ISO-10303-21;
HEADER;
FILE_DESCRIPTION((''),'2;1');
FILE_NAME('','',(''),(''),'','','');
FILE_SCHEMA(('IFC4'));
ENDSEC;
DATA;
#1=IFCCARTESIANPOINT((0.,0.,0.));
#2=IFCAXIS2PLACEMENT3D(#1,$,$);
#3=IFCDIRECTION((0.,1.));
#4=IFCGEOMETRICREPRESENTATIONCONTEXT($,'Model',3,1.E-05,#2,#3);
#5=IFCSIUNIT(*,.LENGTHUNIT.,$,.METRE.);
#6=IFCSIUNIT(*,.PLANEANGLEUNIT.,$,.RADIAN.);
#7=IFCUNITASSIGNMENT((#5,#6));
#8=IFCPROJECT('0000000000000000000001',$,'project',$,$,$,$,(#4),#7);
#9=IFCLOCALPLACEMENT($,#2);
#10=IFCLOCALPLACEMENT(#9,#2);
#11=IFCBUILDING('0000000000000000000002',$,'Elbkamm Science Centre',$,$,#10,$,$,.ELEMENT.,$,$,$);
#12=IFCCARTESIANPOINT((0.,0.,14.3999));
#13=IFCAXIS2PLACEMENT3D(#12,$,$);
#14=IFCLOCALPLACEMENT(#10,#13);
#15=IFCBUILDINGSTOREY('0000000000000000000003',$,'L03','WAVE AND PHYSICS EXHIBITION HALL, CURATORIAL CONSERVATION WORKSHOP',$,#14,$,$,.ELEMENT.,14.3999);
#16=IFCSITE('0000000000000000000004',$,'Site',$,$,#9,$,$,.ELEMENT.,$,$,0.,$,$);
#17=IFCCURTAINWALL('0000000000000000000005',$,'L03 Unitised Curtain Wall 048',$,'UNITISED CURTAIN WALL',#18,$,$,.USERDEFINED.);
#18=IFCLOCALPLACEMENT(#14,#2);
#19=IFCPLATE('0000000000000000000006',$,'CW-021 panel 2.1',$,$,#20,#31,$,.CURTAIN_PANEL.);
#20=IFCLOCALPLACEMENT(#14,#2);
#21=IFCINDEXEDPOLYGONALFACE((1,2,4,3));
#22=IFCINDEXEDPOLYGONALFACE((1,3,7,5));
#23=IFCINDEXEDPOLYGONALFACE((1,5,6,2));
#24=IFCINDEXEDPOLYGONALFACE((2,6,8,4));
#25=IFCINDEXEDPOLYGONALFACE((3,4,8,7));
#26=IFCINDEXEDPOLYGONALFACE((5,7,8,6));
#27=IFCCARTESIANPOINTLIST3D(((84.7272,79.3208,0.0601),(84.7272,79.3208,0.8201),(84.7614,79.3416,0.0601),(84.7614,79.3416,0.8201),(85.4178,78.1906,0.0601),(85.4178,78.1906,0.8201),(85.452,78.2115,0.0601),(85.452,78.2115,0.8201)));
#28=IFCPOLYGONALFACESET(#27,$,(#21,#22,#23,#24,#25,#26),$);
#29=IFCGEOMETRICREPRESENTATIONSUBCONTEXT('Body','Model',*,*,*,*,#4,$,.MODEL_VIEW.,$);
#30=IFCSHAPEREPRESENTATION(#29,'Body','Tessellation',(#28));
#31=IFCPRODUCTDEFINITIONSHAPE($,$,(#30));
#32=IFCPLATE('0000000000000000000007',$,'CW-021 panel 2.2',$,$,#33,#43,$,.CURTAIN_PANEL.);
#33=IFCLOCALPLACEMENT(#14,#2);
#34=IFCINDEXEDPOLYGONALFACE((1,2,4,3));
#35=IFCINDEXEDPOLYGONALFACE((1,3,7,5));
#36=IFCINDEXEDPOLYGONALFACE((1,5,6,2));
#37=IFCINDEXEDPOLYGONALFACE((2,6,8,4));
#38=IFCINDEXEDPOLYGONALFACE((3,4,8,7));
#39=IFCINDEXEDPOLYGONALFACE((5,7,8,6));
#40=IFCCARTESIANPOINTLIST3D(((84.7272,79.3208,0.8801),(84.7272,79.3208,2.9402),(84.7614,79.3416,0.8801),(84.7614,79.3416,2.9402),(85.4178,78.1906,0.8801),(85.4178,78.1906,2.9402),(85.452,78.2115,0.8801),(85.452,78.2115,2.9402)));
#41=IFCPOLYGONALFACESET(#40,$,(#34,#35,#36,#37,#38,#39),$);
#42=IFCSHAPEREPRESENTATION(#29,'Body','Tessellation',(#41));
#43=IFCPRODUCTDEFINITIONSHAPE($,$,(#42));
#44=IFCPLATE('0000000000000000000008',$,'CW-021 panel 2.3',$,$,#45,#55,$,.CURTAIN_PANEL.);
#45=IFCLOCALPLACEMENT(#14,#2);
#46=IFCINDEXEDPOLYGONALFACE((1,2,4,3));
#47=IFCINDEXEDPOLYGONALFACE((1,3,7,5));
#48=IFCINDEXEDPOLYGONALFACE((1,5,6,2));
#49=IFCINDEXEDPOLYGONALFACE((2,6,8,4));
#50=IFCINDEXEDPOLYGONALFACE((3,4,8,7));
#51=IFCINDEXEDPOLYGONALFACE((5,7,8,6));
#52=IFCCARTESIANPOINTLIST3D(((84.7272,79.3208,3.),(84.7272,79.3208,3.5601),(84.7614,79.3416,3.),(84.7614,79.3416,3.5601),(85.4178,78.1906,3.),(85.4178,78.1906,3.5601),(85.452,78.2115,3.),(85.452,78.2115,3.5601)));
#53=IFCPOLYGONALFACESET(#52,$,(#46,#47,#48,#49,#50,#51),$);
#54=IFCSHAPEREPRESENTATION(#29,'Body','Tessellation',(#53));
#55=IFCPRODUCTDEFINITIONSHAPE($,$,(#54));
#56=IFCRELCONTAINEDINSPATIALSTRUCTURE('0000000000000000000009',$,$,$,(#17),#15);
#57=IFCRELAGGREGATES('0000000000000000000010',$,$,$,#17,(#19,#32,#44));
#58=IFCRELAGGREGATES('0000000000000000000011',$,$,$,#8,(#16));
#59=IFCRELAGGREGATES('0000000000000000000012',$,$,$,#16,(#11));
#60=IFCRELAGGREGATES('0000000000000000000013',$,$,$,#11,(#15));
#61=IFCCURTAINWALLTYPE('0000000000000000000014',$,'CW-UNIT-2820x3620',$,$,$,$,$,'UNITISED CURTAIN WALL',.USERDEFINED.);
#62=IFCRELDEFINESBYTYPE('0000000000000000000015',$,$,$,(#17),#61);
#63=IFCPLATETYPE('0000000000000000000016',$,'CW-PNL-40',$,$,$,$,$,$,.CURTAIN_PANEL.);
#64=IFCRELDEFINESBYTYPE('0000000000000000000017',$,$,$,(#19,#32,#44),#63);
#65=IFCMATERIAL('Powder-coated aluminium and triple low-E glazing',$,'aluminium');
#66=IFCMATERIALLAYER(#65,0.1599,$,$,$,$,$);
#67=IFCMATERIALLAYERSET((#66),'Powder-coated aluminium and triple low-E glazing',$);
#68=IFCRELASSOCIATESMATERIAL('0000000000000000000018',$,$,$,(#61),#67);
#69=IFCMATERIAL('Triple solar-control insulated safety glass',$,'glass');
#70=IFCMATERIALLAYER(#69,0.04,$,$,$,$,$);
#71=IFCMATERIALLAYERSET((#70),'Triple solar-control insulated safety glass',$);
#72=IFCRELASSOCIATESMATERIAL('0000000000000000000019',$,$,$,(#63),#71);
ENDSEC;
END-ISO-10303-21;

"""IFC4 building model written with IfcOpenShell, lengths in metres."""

from ifc_helpers import new_model, si_unit, direction, frame, origin, origin_2d, place, context, subcontext, project, spatial, rectangle, extrude, material, layer, layer_set, type_object, element, aggregate, save


model = new_model("IFC4")

# Units and contexts
model_context = context("Model", 3, precision=1e-05, world=origin(), true_north=direction((0.0, 1.0)))
body_context = subcontext(model_context, "Body", "Model", "MODEL_VIEW")
ifc_project = project(units=[si_unit("LENGTHUNIT", "METRE"), si_unit("PLANEANGLEUNIT", "RADIAN")], contexts=[model_context])

# Site, building, storey
site_placement = place(None, origin())
site = spatial("IfcSite", under=ifc_project, at=site_placement, Name="Site", CompositionType="ELEMENT", RefElevation=0.0)
building_placement = place(site_placement, origin())
building = spatial("IfcBuilding", under=site, at=building_placement, Name="Elbkamm Science Centre", CompositionType="ELEMENT")
storey_placement = place(building_placement, frame((0.0, 0.0, 14.3999)))
storey = spatial("IfcBuildingStorey", under=building, at=storey_placement, Name="L03", Description="WAVE AND PHYSICS EXHIBITION HALL, CURATORIAL CONSERVATION WORKSHOP", CompositionType="ELEMENT", Elevation=14.3999)

# Shared definitions
ifc_material_1 = material(Name="Powder-coated aluminium and triple low-E glazing", Category="aluminium")
ifc_layer_1 = layer(ifc_material_1, 0.1599)
ifc_layer_set_1 = layer_set([ifc_layer_1], Name="Powder-coated aluminium and triple low-E glazing")
curtain_wall_type_1 = type_object("IfcCurtainWallType", Name="CW-UNIT-2820x3620", ElementType="UNITISED CURTAIN WALL", PredefinedType="USERDEFINED", material=ifc_layer_set_1)

# Curtain wall
curtain_wall_1_placement = place(storey_placement, origin())
curtain_wall_1 = element("IfcCurtainWall", 1, at=curtain_wall_1_placement, inside=storey, type_object=curtain_wall_type_1, Name="L03 Unitised Curtain Wall 048", ObjectType="UNITISED CURTAIN WALL", PredefinedType="USERDEFINED")

# Plates
ifc_material_2 = material(Name="Triple solar-control insulated safety glass", Category="glass")
ifc_layer_2 = layer(ifc_material_2, 0.04)
ifc_layer_set_2 = layer_set([ifc_layer_2], Name="Triple solar-control insulated safety glass")
plate_type = type_object("IfcPlateType", Name="CW-PNL-40", PredefinedType="CURTAIN_PANEL", material=ifc_layer_set_2)
plate_1_placement = place(storey_placement, frame((85.0896, 78.7661, 0.0601), z_axis=(0.0, 0.0, 1.0), x_axis=(-0.521393, 0.853317, 0.0)))
plate_1 = element("IfcPlate", 2, at=plate_1_placement, type_object=plate_type, Name="CW-021 panel 2.1", PredefinedType="CURTAIN_PANEL", context=body_context, shape_type="SweptSolid", body=[
    extrude(rectangle(XDim=1.3245, YDim=0.04, at=origin_2d()), origin(), (0.0, 0.0, 1.0), 0.76),
])
plate_2_placement = place(storey_placement, frame((85.0896, 78.7661, 0.8801), z_axis=(0.0, 0.0, 1.0), x_axis=(-0.521393, 0.853317, 0.0)))
plate_2 = element("IfcPlate", 3, at=plate_2_placement, type_object=plate_type, Name="CW-021 panel 2.2", PredefinedType="CURTAIN_PANEL", context=body_context, shape_type="SweptSolid", body=[
    extrude(rectangle(XDim=1.3245, YDim=0.04, at=origin_2d()), origin(), (0.0, 0.0, 1.0), 2.0601),
])
plate_3_placement = place(storey_placement, frame((85.0896, 78.7661, 3.0), z_axis=(0.0, 0.0, 1.0), x_axis=(-0.521393, 0.853317, 0.0)))
plate_3 = element("IfcPlate", 4, at=plate_3_placement, type_object=plate_type, Name="CW-021 panel 2.3", PredefinedType="CURTAIN_PANEL", context=body_context, shape_type="SweptSolid", body=[
    extrude(rectangle(XDim=1.3245, YDim=0.04, at=origin_2d()), origin(), (0.0, 0.0, 1.0), 0.5601),
])
aggregate(curtain_wall_1, [plate_1, plate_2, plate_3])

save(model, "model.ifc")
